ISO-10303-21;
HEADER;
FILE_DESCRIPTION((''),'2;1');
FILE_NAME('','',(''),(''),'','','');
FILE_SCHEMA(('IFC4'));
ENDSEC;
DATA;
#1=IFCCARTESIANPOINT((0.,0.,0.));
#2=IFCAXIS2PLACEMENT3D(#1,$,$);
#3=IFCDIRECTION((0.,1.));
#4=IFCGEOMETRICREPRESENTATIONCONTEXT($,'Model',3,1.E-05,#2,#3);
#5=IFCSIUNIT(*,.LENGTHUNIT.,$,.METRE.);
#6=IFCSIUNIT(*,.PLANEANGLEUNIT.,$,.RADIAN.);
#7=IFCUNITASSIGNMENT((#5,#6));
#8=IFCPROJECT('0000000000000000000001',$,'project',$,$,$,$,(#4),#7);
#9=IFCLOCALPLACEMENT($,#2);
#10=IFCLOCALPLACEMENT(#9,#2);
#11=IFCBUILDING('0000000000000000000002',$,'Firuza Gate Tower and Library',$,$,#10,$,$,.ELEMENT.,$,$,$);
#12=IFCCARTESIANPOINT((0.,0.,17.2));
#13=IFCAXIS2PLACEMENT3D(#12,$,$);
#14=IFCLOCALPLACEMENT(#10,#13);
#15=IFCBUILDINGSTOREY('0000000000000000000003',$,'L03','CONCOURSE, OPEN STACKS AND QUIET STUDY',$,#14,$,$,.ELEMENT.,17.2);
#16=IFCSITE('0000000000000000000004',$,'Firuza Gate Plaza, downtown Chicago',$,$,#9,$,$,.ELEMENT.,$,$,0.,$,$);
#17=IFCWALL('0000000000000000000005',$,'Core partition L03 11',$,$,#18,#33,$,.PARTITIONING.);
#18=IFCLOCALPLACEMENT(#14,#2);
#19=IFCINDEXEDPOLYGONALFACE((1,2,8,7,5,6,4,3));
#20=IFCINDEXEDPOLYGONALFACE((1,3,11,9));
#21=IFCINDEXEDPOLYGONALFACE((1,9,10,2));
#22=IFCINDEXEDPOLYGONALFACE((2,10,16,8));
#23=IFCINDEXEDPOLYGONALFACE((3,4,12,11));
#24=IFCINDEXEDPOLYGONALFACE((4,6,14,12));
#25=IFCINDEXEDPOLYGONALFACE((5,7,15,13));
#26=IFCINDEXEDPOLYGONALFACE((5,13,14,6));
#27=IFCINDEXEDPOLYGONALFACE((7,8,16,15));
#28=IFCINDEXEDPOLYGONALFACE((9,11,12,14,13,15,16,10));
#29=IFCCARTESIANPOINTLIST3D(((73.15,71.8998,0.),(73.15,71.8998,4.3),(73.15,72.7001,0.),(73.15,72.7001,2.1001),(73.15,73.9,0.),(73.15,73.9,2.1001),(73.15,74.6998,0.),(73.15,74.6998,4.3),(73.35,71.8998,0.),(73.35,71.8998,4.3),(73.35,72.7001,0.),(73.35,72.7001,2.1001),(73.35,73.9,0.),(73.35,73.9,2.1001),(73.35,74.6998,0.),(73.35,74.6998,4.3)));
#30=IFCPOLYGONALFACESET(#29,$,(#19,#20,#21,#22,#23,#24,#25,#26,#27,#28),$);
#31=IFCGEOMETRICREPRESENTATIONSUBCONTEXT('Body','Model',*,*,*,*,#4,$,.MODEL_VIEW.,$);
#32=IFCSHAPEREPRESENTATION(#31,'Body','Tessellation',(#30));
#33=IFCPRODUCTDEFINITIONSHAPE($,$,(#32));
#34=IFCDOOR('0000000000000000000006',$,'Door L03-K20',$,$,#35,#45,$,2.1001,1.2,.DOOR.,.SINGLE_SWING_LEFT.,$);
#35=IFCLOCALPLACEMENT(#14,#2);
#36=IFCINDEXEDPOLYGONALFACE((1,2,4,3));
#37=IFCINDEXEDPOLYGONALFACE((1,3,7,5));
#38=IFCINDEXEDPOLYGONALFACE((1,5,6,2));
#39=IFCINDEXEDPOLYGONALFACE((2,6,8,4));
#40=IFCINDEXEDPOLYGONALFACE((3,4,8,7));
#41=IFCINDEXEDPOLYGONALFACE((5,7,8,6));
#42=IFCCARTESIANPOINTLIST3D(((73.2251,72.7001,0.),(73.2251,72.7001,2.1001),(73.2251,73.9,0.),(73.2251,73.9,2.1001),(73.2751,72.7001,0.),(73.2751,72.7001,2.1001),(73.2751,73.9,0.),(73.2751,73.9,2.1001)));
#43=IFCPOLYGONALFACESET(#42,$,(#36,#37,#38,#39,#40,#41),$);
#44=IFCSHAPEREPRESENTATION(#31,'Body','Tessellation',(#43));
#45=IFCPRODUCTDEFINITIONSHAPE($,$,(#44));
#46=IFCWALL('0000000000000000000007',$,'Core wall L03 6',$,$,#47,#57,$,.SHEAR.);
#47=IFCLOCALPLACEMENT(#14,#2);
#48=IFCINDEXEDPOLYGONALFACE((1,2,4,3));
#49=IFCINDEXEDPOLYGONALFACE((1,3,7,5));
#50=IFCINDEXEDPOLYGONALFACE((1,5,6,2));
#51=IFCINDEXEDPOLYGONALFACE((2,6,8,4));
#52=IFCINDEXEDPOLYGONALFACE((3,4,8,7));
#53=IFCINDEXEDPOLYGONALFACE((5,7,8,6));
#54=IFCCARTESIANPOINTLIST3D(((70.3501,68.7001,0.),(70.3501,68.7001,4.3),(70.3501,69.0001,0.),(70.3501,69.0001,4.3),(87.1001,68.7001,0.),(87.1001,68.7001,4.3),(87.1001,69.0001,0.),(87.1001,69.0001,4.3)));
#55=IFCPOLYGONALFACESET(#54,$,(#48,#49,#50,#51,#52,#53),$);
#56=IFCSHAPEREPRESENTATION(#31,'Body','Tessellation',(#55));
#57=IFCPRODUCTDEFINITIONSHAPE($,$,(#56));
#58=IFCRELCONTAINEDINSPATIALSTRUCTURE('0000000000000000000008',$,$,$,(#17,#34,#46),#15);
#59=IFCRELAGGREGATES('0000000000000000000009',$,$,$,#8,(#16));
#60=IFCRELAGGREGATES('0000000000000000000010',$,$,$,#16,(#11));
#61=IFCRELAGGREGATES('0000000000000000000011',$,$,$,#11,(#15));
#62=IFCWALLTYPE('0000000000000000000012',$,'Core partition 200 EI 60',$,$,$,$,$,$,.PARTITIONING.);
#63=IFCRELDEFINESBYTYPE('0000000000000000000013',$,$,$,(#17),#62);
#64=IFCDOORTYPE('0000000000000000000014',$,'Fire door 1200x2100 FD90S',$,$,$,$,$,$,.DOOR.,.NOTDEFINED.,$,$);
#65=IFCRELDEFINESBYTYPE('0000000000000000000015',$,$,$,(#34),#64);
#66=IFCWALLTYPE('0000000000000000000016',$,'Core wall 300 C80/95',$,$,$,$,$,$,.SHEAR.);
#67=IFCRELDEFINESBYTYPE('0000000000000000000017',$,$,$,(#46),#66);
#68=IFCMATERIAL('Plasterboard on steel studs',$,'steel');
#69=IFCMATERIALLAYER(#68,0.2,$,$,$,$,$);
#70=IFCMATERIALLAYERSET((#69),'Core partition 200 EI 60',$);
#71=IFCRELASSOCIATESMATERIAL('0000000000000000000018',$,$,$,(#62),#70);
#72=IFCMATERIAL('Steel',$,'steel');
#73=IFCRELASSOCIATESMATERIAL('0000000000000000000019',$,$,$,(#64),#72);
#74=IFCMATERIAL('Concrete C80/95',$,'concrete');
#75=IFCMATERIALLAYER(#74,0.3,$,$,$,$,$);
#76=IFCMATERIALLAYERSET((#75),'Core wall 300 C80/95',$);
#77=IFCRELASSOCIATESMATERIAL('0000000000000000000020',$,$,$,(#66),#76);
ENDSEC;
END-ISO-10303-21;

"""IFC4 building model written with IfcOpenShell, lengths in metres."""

from ifc_helpers import new_model, si_unit, direction, frame, frame_2d, origin, place, context, subcontext, project, spatial, rectangle, extrude, material, layer, layer_set, type_object, element, fill, save


model = new_model("IFC4")

# Units and contexts
model_context = context("Model", 3, precision=1e-05, world=origin(), true_north=direction((0.0, 1.0)))
body_context = subcontext(model_context, "Body", "Model", "MODEL_VIEW")
ifc_project = project(units=[si_unit("LENGTHUNIT", "METRE"), si_unit("PLANEANGLEUNIT", "RADIAN")], contexts=[model_context])

# Site, building, storey
site_placement = place(None, origin())
site = spatial("IfcSite", under=ifc_project, at=site_placement, Name="Firuza Gate Plaza, downtown Chicago", CompositionType="ELEMENT", RefElevation=0.0)
building_placement = place(site_placement, origin())
building = spatial("IfcBuilding", under=site, at=building_placement, Name="Firuza Gate Tower and Library", CompositionType="ELEMENT")
storey_placement = place(building_placement, frame((0.0, 0.0, 17.2)))
storey = spatial("IfcBuildingStorey", under=building, at=storey_placement, Name="L03", Description="CONCOURSE, OPEN STACKS AND QUIET STUDY", CompositionType="ELEMENT", Elevation=17.2)

# Wall, opening, door
ifc_material_1 = material(Name="Plasterboard on steel studs", Category="steel")
ifc_layer_1 = layer(ifc_material_1, 0.2)
ifc_layer_set_1 = layer_set([ifc_layer_1], Name="Core partition 200 EI 60")
wall_type_1 = type_object("IfcWallType", Name="Core partition 200 EI 60", PredefinedType="PARTITIONING", material=ifc_layer_set_1)
ifc_material_2 = material(Name="Steel", Category="steel")
door_type_1 = type_object("IfcDoorType", Name="Fire door 1200x2100 FD90S", OperationType="NOTDEFINED", PredefinedType="DOOR", material=ifc_material_2)
wall_1_placement = place(storey_placement, frame((73.25, 71.8999, 0.0), z_axis=(0.0, 0.0, 1.0), x_axis=(0.0, 1.0, 0.0)))
wall_1 = element("IfcWall", 1, at=wall_1_placement, inside=storey, type_object=wall_type_1, Name="Core partition L03 11", PredefinedType="PARTITIONING", context=body_context, shape_type="SweptSolid", body=[
    extrude(rectangle(XDim=2.8, YDim=0.2, at=frame_2d((1.3999, 0.0))), origin(), (0.0, 0.0, 1.0), 4.3),
])
opening_1_placement = place(wall_1_placement, frame((0.8, 0.0, 0.0)))
opening_1 = element("IfcOpeningElement", 2, at=opening_1_placement, cuts=wall_1, PredefinedType="OPENING", context=body_context, shape_type="SweptSolid", body=[
    extrude(rectangle(XDim=1.2, YDim=2.1001, at=frame_2d((0.6001, 1.05))), frame((0.0, 0.1099, 0.0), z_axis=(0.0, -1.0, 0.0), x_axis=(1.0, 0.0, 0.0)), (0.0, 0.0, 1.0), 0.22),
])
door_1_placement = place(opening_1_placement, origin())
door_1 = element("IfcDoor", 3, at=door_1_placement, inside=storey, type_object=door_type_1, Name="Door L03-K20", OperationType="SINGLE_SWING_LEFT", OverallHeight=2.1001, OverallWidth=1.2, PredefinedType="DOOR", context=body_context, shape_type="SweptSolid", body=[
    extrude(rectangle(XDim=1.2, YDim=2.1001, at=frame_2d((0.6001, 1.05))), frame((0.0, 0.0249, 0.0), z_axis=(0.0, -1.0, 0.0), x_axis=(1.0, 0.0, 0.0)), (0.0, 0.0, 1.0), 0.05),
])
fill(opening_1, door_1)

# Wall
ifc_material_3 = material(Name="Concrete C80/95", Category="concrete")
ifc_layer_2 = layer(ifc_material_3, 0.3)
ifc_layer_set_2 = layer_set([ifc_layer_2], Name="Core wall 300 C80/95")
wall_type_2 = type_object("IfcWallType", Name="Core wall 300 C80/95", PredefinedType="SHEAR", material=ifc_layer_set_2)
wall_2_placement = place(storey_placement, frame((70.3501, 68.8501, 0.0), z_axis=(0.0, 0.0, 1.0), x_axis=(1.0, 0.0, 0.0)))
element("IfcWall", 4, at=wall_2_placement, inside=storey, type_object=wall_type_2, Name="Core wall L03 6", PredefinedType="SHEAR", context=body_context, shape_type="SweptSolid", body=[
    extrude(rectangle(XDim=16.75, YDim=0.3, at=frame_2d((8.375, 0.0))), origin(), (0.0, 0.0, 1.0), 4.3),
])

save(model, "model.ifc")
